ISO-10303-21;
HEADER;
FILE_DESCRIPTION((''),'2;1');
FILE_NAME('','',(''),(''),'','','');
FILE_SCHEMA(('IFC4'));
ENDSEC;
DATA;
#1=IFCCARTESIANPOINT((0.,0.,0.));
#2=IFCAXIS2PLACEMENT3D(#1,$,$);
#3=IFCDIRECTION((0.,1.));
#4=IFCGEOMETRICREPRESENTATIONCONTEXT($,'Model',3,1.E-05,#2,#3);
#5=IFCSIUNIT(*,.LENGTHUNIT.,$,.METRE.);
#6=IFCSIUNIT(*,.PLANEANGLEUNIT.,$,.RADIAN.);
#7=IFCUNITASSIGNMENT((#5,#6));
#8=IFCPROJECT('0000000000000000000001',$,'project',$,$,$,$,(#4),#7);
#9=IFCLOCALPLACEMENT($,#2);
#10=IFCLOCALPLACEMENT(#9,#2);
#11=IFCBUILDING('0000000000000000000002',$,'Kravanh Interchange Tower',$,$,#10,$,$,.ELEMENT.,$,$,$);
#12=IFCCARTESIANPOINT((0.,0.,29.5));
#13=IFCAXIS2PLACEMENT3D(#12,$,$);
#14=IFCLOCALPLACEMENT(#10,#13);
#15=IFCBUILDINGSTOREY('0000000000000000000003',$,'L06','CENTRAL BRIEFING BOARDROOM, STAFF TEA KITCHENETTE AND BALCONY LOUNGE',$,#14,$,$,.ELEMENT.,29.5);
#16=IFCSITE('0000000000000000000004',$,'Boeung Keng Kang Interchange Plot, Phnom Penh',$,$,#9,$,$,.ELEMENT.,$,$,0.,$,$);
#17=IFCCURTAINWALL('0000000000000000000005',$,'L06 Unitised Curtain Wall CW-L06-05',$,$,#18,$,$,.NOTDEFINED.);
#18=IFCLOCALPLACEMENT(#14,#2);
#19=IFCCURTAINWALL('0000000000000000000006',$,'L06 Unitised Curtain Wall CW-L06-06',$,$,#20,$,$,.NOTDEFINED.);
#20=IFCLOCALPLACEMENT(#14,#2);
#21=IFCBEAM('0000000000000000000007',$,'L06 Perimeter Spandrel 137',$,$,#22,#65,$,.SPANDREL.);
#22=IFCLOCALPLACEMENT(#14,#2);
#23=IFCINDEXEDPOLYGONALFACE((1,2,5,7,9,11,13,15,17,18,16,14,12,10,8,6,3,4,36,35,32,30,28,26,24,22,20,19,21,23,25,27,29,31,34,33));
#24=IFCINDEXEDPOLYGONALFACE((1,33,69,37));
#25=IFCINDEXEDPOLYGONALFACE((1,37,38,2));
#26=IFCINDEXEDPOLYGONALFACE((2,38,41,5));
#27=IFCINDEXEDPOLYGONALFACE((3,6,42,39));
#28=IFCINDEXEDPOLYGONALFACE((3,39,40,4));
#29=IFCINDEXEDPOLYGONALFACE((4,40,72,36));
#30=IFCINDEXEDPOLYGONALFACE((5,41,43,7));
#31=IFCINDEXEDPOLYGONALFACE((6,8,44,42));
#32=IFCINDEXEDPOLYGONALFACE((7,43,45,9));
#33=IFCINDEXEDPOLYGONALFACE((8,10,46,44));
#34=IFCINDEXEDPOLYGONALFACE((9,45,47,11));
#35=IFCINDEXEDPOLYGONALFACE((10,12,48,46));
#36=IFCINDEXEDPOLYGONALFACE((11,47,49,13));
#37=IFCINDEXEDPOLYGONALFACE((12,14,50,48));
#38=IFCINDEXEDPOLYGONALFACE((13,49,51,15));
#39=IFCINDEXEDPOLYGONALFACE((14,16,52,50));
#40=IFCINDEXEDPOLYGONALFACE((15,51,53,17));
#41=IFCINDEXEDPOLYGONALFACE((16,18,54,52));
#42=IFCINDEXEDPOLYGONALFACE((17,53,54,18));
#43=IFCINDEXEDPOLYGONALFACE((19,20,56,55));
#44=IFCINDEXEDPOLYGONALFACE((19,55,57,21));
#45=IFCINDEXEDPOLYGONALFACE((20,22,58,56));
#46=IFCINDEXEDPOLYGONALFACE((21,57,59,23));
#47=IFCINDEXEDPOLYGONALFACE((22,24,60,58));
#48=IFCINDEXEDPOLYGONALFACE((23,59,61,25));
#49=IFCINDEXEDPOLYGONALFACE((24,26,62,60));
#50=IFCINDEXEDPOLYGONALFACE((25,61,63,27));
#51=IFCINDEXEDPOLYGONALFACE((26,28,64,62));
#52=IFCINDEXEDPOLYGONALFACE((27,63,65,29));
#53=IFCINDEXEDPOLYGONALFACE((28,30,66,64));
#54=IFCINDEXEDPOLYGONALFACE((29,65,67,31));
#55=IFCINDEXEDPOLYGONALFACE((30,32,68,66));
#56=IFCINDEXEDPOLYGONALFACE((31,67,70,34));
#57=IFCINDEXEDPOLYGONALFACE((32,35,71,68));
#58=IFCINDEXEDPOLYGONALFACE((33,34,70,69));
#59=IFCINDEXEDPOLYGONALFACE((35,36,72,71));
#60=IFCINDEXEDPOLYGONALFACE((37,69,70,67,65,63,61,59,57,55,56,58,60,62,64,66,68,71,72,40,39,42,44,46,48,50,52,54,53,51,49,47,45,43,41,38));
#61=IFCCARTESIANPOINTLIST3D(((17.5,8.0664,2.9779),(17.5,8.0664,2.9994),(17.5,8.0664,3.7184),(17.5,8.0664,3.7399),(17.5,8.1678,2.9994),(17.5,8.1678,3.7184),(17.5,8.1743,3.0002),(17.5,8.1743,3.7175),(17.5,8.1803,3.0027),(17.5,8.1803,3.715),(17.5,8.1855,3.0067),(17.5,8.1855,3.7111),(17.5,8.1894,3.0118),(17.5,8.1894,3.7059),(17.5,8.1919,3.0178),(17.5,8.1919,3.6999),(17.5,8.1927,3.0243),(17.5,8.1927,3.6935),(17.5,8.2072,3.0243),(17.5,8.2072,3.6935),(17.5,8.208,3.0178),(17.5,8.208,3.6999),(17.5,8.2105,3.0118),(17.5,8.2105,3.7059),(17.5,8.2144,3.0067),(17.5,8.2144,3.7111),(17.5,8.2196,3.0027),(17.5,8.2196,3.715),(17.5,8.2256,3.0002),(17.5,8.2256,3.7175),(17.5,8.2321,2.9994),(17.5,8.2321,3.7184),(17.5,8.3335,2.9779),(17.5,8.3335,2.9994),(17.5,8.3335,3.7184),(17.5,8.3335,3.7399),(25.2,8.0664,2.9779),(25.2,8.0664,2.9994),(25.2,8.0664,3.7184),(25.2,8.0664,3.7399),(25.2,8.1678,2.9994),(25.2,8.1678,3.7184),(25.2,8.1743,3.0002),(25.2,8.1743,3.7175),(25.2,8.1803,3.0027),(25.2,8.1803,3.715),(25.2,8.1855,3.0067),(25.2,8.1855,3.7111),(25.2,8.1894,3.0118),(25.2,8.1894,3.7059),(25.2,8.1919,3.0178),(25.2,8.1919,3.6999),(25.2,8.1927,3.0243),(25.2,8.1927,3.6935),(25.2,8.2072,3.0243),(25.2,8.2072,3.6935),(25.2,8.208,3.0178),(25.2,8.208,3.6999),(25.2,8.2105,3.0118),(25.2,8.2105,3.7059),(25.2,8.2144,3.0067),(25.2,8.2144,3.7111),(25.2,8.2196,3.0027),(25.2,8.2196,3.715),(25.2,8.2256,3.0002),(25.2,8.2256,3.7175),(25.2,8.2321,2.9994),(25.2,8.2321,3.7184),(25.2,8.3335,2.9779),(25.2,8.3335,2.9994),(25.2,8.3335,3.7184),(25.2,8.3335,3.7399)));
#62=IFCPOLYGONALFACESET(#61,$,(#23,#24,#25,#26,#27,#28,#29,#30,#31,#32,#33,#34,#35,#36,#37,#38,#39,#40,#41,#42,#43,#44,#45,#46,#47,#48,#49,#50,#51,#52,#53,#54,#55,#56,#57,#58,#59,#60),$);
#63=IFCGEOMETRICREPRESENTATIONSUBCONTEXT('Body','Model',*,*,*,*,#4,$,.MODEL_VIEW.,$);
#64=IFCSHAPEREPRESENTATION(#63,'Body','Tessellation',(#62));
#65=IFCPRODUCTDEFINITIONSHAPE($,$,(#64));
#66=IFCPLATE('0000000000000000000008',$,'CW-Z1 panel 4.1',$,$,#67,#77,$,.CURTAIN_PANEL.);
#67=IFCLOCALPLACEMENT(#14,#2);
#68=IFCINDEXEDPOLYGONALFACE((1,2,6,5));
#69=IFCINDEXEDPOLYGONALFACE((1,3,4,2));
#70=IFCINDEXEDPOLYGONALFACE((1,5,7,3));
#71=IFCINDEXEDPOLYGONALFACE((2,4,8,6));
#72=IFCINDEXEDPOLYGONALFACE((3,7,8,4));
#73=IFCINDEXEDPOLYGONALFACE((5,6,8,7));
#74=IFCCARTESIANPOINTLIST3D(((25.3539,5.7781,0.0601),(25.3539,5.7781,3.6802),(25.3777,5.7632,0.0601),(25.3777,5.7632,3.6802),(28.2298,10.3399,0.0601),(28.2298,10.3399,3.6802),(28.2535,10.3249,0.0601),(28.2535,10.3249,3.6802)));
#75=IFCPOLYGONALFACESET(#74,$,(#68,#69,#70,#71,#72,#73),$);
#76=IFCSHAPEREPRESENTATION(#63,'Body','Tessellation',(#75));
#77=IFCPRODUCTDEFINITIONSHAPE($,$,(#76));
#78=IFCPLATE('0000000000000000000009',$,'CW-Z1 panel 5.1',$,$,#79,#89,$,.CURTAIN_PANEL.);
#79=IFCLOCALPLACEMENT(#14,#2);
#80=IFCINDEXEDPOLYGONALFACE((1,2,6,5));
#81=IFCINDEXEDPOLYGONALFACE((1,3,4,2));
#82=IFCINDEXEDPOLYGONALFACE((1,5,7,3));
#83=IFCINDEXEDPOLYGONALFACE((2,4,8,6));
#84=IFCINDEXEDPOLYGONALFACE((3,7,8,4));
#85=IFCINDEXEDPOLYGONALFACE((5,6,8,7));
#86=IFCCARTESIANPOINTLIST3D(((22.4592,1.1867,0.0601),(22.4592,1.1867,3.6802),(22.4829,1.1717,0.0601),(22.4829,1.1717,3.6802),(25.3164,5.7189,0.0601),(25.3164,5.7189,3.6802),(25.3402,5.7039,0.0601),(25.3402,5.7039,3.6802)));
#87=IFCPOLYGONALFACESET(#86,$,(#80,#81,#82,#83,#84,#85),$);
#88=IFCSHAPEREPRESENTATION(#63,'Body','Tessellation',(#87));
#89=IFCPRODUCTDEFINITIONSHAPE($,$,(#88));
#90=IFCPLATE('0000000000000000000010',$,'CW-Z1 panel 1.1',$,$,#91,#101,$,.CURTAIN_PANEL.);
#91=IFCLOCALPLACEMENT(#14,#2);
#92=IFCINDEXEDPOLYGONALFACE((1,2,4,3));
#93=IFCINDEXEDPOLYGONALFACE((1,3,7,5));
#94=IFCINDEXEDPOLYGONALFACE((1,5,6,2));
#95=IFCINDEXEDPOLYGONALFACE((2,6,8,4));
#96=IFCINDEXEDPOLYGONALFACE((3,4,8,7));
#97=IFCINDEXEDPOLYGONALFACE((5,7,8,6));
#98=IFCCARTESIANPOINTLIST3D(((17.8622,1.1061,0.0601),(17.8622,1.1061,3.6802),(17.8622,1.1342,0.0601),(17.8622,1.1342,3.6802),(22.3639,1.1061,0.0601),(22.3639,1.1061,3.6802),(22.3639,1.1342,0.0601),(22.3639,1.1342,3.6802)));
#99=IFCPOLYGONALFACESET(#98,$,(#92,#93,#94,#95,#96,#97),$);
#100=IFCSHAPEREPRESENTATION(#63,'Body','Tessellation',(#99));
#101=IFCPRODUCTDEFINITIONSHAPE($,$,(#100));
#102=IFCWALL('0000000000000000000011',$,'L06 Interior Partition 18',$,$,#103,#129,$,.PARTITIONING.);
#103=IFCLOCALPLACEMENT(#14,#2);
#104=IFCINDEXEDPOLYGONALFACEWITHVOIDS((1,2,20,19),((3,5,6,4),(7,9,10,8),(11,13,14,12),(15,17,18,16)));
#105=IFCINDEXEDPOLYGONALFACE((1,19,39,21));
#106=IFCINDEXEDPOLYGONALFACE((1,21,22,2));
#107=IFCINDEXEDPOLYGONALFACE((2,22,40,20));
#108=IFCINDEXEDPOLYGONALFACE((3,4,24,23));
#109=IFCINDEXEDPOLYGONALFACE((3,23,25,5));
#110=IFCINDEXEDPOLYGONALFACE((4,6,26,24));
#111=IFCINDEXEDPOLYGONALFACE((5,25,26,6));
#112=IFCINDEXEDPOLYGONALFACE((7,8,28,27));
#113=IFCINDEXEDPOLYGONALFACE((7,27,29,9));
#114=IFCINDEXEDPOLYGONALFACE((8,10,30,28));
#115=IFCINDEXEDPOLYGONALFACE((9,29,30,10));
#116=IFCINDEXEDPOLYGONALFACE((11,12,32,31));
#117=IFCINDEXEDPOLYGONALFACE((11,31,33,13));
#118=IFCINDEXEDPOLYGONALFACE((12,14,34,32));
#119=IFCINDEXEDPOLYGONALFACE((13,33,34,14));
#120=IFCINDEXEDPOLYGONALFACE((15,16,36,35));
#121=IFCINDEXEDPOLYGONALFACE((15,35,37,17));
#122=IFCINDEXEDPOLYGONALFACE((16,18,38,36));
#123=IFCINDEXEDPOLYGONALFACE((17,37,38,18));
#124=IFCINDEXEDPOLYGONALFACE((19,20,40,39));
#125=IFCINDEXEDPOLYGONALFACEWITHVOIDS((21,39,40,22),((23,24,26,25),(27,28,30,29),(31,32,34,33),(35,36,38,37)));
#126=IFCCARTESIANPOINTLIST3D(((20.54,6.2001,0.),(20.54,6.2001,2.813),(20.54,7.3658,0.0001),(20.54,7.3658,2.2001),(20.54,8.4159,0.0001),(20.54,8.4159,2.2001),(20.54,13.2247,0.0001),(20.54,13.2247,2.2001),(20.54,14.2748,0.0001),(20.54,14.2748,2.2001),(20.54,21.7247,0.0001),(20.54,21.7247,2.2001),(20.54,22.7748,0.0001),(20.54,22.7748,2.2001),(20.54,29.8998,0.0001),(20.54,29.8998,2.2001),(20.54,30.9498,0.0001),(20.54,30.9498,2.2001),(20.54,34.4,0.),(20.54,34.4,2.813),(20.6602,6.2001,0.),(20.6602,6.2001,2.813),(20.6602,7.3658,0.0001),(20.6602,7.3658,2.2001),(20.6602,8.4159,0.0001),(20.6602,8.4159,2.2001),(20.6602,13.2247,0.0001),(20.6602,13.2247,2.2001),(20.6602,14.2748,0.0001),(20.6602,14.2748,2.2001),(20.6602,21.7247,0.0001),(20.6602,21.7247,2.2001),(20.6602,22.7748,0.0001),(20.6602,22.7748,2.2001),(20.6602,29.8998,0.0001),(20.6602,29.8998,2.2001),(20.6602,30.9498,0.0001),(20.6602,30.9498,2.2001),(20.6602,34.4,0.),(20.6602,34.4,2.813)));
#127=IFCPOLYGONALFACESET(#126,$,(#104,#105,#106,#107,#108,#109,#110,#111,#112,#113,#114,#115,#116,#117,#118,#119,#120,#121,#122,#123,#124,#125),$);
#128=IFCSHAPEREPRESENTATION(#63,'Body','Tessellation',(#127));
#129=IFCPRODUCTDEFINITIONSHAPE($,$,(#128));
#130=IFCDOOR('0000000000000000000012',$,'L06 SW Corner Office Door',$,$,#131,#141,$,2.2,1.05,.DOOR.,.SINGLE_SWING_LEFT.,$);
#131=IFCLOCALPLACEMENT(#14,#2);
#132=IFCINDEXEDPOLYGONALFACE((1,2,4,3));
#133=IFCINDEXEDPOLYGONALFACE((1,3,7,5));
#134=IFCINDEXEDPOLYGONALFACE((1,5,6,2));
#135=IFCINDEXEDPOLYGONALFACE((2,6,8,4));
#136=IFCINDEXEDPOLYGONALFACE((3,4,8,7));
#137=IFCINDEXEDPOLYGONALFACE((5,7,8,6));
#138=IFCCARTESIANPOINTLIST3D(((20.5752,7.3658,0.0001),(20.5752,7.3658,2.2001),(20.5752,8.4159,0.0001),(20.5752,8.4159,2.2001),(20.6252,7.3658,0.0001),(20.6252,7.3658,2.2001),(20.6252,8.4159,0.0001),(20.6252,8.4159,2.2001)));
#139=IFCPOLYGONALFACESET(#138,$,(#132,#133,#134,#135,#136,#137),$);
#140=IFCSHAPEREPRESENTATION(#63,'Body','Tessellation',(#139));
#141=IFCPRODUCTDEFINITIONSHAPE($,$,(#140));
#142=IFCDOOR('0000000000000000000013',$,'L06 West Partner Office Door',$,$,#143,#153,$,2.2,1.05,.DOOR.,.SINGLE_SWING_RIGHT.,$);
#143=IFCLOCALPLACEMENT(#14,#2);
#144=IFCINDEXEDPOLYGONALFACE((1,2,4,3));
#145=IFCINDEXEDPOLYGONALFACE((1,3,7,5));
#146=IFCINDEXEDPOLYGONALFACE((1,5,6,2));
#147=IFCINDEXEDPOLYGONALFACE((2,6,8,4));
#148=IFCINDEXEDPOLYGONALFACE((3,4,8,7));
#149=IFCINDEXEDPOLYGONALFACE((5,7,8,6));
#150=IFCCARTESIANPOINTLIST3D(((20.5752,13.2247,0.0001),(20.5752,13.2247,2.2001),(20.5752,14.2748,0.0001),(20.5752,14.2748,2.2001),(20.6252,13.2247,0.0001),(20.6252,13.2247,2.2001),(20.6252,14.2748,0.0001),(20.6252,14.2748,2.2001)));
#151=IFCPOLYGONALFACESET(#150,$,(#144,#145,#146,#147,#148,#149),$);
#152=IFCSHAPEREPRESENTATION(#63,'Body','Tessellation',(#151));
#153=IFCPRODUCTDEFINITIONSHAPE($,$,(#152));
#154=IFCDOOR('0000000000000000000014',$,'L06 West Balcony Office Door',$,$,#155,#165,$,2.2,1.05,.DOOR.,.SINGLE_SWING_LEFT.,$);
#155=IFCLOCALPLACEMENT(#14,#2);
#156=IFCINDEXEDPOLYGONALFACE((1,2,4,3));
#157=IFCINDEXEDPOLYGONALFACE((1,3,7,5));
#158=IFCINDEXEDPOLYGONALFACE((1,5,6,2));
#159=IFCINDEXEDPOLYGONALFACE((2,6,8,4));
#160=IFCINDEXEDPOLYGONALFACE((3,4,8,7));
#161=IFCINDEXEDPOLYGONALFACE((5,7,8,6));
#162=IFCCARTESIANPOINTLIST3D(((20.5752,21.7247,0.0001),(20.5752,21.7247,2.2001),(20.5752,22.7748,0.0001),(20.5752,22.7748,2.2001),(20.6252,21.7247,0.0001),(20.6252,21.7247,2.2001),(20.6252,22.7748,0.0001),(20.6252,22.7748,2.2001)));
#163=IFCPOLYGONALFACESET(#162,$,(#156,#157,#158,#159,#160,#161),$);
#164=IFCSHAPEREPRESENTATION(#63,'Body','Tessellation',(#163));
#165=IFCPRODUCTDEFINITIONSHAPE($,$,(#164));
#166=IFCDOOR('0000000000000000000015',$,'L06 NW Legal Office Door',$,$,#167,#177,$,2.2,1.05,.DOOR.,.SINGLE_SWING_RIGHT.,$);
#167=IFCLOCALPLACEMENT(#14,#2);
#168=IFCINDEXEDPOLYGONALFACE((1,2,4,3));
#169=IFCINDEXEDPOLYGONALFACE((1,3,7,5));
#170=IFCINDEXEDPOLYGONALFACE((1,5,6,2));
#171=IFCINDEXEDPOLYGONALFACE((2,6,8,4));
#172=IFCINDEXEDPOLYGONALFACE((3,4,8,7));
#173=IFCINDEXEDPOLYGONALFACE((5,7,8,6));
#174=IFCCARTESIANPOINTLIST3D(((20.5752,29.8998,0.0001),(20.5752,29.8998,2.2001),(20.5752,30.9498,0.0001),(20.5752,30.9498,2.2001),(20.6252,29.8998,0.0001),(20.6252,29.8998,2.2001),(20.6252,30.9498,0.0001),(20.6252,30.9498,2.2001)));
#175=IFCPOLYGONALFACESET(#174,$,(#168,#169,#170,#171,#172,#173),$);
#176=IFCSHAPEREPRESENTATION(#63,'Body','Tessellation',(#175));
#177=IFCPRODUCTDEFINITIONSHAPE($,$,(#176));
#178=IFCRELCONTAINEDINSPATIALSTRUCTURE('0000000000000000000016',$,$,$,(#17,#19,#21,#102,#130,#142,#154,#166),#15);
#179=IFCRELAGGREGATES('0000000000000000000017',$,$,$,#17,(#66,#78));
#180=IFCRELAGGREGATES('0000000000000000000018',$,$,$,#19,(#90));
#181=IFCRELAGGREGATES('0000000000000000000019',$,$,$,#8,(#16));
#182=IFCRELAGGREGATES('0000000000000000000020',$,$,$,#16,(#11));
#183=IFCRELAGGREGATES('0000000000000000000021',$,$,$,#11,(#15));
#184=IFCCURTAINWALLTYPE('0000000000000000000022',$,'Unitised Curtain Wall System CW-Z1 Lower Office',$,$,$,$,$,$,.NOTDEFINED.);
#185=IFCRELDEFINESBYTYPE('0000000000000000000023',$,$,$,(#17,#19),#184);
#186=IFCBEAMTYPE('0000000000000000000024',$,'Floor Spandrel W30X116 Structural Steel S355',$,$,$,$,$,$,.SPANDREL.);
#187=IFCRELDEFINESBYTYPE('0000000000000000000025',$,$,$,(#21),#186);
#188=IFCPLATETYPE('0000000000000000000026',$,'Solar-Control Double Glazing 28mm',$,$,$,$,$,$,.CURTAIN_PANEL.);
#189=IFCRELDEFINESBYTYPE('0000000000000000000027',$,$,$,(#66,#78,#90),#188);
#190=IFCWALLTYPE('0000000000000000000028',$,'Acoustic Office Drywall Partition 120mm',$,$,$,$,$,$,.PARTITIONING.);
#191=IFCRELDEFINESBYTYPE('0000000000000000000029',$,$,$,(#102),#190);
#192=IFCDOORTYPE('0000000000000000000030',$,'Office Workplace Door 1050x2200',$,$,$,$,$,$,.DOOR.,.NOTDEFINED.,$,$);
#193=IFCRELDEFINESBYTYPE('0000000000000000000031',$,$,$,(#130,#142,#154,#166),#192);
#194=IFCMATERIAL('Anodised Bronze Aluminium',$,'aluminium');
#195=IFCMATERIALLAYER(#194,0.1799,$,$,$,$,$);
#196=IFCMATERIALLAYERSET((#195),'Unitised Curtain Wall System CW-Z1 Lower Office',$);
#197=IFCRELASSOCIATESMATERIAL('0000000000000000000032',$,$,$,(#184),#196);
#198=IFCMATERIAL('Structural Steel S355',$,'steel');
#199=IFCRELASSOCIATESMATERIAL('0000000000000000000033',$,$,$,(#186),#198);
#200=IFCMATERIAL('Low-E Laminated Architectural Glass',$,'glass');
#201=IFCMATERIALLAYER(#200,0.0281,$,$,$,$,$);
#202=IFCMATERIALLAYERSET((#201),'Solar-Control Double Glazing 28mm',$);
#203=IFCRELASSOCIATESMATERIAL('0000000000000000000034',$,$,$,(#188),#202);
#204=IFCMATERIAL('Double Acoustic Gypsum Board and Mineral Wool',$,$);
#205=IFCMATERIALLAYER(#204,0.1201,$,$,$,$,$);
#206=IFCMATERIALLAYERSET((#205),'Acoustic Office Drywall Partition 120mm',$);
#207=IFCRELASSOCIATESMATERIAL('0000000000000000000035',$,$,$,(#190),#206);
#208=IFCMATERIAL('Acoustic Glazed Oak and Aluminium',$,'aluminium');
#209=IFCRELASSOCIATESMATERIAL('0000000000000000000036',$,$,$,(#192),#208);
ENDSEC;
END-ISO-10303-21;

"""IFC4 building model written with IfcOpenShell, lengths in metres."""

from ifc_helpers import new_model, si_unit, direction, frame, frame_2d, origin, origin_2d, place, context, subcontext, project, spatial, rectangle, i_section, extrude, material, layer, layer_set, material_profile, profile_set, type_object, element, fill, aggregate, save


model = new_model("IFC4")

# Units and contexts
model_context = context("Model", 3, precision=1e-05, world=origin(), true_north=direction((0.0, 1.0)))
body_context = subcontext(model_context, "Body", "Model", "MODEL_VIEW")
ifc_project = project(units=[si_unit("LENGTHUNIT", "METRE"), si_unit("PLANEANGLEUNIT", "RADIAN")], contexts=[model_context])

# Site, building, storey
site_placement = place(None, origin())
site = spatial("IfcSite", under=ifc_project, at=site_placement, Name="Boeung Keng Kang Interchange Plot, Phnom Penh", CompositionType="ELEMENT", RefElevation=0.0)
building_placement = place(site_placement, origin())
building = spatial("IfcBuilding", under=site, at=building_placement, Name="Kravanh Interchange Tower", CompositionType="ELEMENT")
storey_placement = place(building_placement, frame((0.0, 0.0, 29.5)))
storey = spatial("IfcBuildingStorey", under=building, at=storey_placement, Name="L06", Description="CENTRAL BRIEFING BOARDROOM, STAFF TEA KITCHENETTE AND BALCONY LOUNGE", CompositionType="ELEMENT", Elevation=29.5)

# Curtain walls
ifc_material_1 = material(Name="Anodised Bronze Aluminium", Category="aluminium")
ifc_layer_1 = layer(ifc_material_1, 0.1799)
ifc_layer_set_1 = layer_set([ifc_layer_1], Name="Unitised Curtain Wall System CW-Z1 Lower Office")
curtain_wall_type = type_object("IfcCurtainWallType", Name="Unitised Curtain Wall System CW-Z1 Lower Office", PredefinedType="NOTDEFINED", material=ifc_layer_set_1)
curtain_wall_1_placement = place(storey_placement, origin())
curtain_wall_1 = element("IfcCurtainWall", 1, at=curtain_wall_1_placement, inside=storey, type_object=curtain_wall_type, Name="L06 Unitised Curtain Wall CW-L06-05", PredefinedType="NOTDEFINED")
curtain_wall_2_placement = place(storey_placement, origin())
curtain_wall_2 = element("IfcCurtainWall", 2, at=curtain_wall_2_placement, inside=storey, type_object=curtain_wall_type, Name="L06 Unitised Curtain Wall CW-L06-06", PredefinedType="NOTDEFINED")

# Beam
ifc_material_2 = material(Name="Structural Steel S355", Category="steel")
ifc_material_profile_1 = material_profile(ifc_material_2, i_section(OverallWidth=0.2671, OverallDepth=0.762, WebThickness=0.0144, FlangeThickness=0.0215, FilletRadius=0.0249, at=origin_2d()), Name="W30X116")
ifc_profile_set_1 = profile_set([ifc_material_profile_1], Name="Structural Steel S355")
beam_type_1 = type_object("IfcBeamType", Name="Floor Spandrel W30X116 Structural Steel S355", PredefinedType="SPANDREL", material=ifc_profile_set_1)
beam_1_placement = place(storey_placement, frame((17.5, 8.2, 3.3589), z_axis=(1.0, 0.0, 0.0), x_axis=(0.0, 1.0, 0.0)))
element("IfcBeam", 3, at=beam_1_placement, inside=storey, type_object=beam_type_1, Name="L06 Perimeter Spandrel 137", PredefinedType="SPANDREL", context=body_context, shape_type="SweptSolid", body=[
    extrude(i_section(OverallWidth=0.2671, OverallDepth=0.762, WebThickness=0.0144, FlangeThickness=0.0215, FilletRadius=0.0249, at=origin_2d()), origin(), (0.0, 0.0, 1.0), 7.7),
])

# Plates
ifc_material_3 = material(Name="Low-E Laminated Architectural Glass", Category="glass")
ifc_layer_2 = layer(ifc_material_3, 0.0281)
ifc_layer_set_2 = layer_set([ifc_layer_2], Name="Solar-Control Double Glazing 28mm")
plate_type = type_object("IfcPlateType", Name="Solar-Control Double Glazing 28mm", PredefinedType="CURTAIN_PANEL", material=ifc_layer_set_2)
plate_1_placement = place(storey_placement, frame((26.8037, 8.0515, 0.0601), z_axis=(0.0, 0.0, 1.0), x_axis=(-0.533301, -0.845926, 0.0)))
plate_1 = element("IfcPlate", 4, at=plate_1_placement, type_object=plate_type, Name="CW-Z1 panel 4.1", PredefinedType="CURTAIN_PANEL", context=body_context, shape_type="SweptSolid", body=[
    extrude(rectangle(XDim=5.3926, YDim=0.0281, at=origin_2d()), origin(), (0.0, 0.0, 1.0), 3.6201),
])
plate_2_placement = place(storey_placement, frame((23.8997, 3.4453, 0.0601), z_axis=(0.0, 0.0, 1.0), x_axis=(-0.533301, -0.845926, 0.0)))
plate_2 = element("IfcPlate", 5, at=plate_2_placement, type_object=plate_type, Name="CW-Z1 panel 5.1", PredefinedType="CURTAIN_PANEL", context=body_context, shape_type="SweptSolid", body=[
    extrude(rectangle(XDim=5.3577, YDim=0.0281, at=origin_2d()), origin(), (0.0, 0.0, 1.0), 3.6201),
])
aggregate(curtain_wall_1, [plate_1, plate_2])
plate_3_placement = place(storey_placement, frame((20.113, 1.1201, 0.0601), z_axis=(0.0, 0.0, 1.0), x_axis=(-1.0, 0.0, 0.0)))
plate_3 = element("IfcPlate", 6, at=plate_3_placement, type_object=plate_type, Name="CW-Z1 panel 1.1", PredefinedType="CURTAIN_PANEL", context=body_context, shape_type="SweptSolid", body=[
    extrude(rectangle(XDim=4.5017, YDim=0.0281, at=origin_2d()), origin(), (0.0, 0.0, 1.0), 3.6201),
])
aggregate(curtain_wall_2, [plate_3])

# Wall, openings, doors
ifc_material_4 = material(Name="Double Acoustic Gypsum Board and Mineral Wool")
ifc_layer_3 = layer(ifc_material_4, 0.1201)
ifc_layer_set_3 = layer_set([ifc_layer_3], Name="Acoustic Office Drywall Partition 120mm")
wall_type = type_object("IfcWallType", Name="Acoustic Office Drywall Partition 120mm", PredefinedType="PARTITIONING", material=ifc_layer_set_3)
wall_1_placement = place(storey_placement, frame((20.6001, 6.2, 0.0), z_axis=(0.0, 0.0, 1.0), x_axis=(0.0, 1.0, 0.0)))
wall_1 = element("IfcWall", 7, at=wall_1_placement, inside=storey, type_object=wall_type, Name="L06 Interior Partition 18", PredefinedType="PARTITIONING", context=body_context, shape_type="SweptSolid", body=[
    extrude(rectangle(XDim=28.2, YDim=0.1201, at=frame_2d((14.1001, 0.0))), origin(), (0.0, 0.0, 1.0), 2.813),
])
opening_1_placement = place(wall_1_placement, frame((1.166, 0.0, 0.0)))
opening_1 = element("IfcOpeningElement", 8, at=opening_1_placement, cuts=wall_1, PredefinedType="OPENING", context=body_context, shape_type="SweptSolid", body=[
    extrude(rectangle(XDim=1.05, YDim=2.2, at=frame_2d((0.5249, 1.1001))), frame((0.0, 0.0701, 0.0), z_axis=(0.0, -1.0, 0.0), x_axis=(1.0, 0.0, 0.0)), (0.0, 0.0, 1.0), 0.1401),
])
opening_2_placement = place(wall_1_placement, frame((7.0249, 0.0, 0.0)))
opening_2 = element("IfcOpeningElement", 9, at=opening_2_placement, cuts=wall_1, PredefinedType="OPENING", context=body_context, shape_type="SweptSolid", body=[
    extrude(rectangle(XDim=1.05, YDim=2.2, at=frame_2d((0.5249, 1.1001))), frame((0.0, 0.0701, 0.0), z_axis=(0.0, -1.0, 0.0), x_axis=(1.0, 0.0, 0.0)), (0.0, 0.0, 1.0), 0.1401),
])
opening_3_placement = place(wall_1_placement, frame((15.5249, 0.0, 0.0)))
opening_3 = element("IfcOpeningElement", 10, at=opening_3_placement, cuts=wall_1, PredefinedType="OPENING", context=body_context, shape_type="SweptSolid", body=[
    extrude(rectangle(XDim=1.05, YDim=2.2, at=frame_2d((0.5249, 1.1001))), frame((0.0, 0.0701, 0.0), z_axis=(0.0, -1.0, 0.0), x_axis=(1.0, 0.0, 0.0)), (0.0, 0.0, 1.0), 0.1401),
])
opening_4_placement = place(wall_1_placement, frame((23.7, 0.0, 0.0)))
opening_4 = element("IfcOpeningElement", 11, at=opening_4_placement, cuts=wall_1, PredefinedType="OPENING", context=body_context, shape_type="SweptSolid", body=[
    extrude(rectangle(XDim=1.05, YDim=2.2, at=frame_2d((0.5249, 1.1001))), frame((0.0, 0.0701, 0.0), z_axis=(0.0, -1.0, 0.0), x_axis=(1.0, 0.0, 0.0)), (0.0, 0.0, 1.0), 0.1401),
])
ifc_material_5 = material(Name="Acoustic Glazed Oak and Aluminium", Category="aluminium")
door_type = type_object("IfcDoorType", Name="Office Workplace Door 1050x2200", OperationType="NOTDEFINED", PredefinedType="DOOR", material=ifc_material_5)
door_1_placement = place(opening_1_placement, origin())
door_1 = element("IfcDoor", 12, at=door_1_placement, inside=storey, type_object=door_type, Name="L06 SW Corner Office Door", OperationType="SINGLE_SWING_LEFT", OverallHeight=2.2, OverallWidth=1.05, PredefinedType="DOOR", context=body_context, shape_type="SweptSolid", body=[
    extrude(rectangle(XDim=1.05, YDim=2.2, at=frame_2d((0.5249, 1.1001))), frame((0.0, 0.0249, 0.0), z_axis=(0.0, -1.0, 0.0), x_axis=(1.0, 0.0, 0.0)), (0.0, 0.0, 1.0), 0.05),
])
fill(opening_1, door_1)
door_2_placement = place(opening_2_placement, origin())
door_2 = element("IfcDoor", 13, at=door_2_placement, inside=storey, type_object=door_type, Name="L06 West Partner Office Door", OperationType="SINGLE_SWING_RIGHT", OverallHeight=2.2, OverallWidth=1.05, PredefinedType="DOOR", context=body_context, shape_type="SweptSolid", body=[
    extrude(rectangle(XDim=1.05, YDim=2.2, at=frame_2d((0.5249, 1.1001))), frame((0.0, 0.0249, 0.0), z_axis=(0.0, -1.0, 0.0), x_axis=(1.0, 0.0, 0.0)), (0.0, 0.0, 1.0), 0.05),
])
fill(opening_2, door_2)
door_3_placement = place(opening_3_placement, origin())
door_3 = element("IfcDoor", 14, at=door_3_placement, inside=storey, type_object=door_type, Name="L06 West Balcony Office Door", OperationType="SINGLE_SWING_LEFT", OverallHeight=2.2, OverallWidth=1.05, PredefinedType="DOOR", context=body_context, shape_type="SweptSolid", body=[
    extrude(rectangle(XDim=1.05, YDim=2.2, at=frame_2d((0.5249, 1.1001))), frame((0.0, 0.0249, 0.0), z_axis=(0.0, -1.0, 0.0), x_axis=(1.0, 0.0, 0.0)), (0.0, 0.0, 1.0), 0.05),
])
fill(opening_3, door_3)
door_4_placement = place(opening_4_placement, origin())
door_4 = element("IfcDoor", 15, at=door_4_placement, inside=storey, type_object=door_type, Name="L06 NW Legal Office Door", OperationType="SINGLE_SWING_RIGHT", OverallHeight=2.2, OverallWidth=1.05, PredefinedType="DOOR", context=body_context, shape_type="SweptSolid", body=[
    extrude(rectangle(XDim=1.05, YDim=2.2, at=frame_2d((0.5249, 1.1001))), frame((0.0, 0.0249, 0.0), z_axis=(0.0, -1.0, 0.0), x_axis=(1.0, 0.0, 0.0)), (0.0, 0.0, 1.0), 0.05),
])
fill(opening_4, door_4)

save(model, "model.ifc")
